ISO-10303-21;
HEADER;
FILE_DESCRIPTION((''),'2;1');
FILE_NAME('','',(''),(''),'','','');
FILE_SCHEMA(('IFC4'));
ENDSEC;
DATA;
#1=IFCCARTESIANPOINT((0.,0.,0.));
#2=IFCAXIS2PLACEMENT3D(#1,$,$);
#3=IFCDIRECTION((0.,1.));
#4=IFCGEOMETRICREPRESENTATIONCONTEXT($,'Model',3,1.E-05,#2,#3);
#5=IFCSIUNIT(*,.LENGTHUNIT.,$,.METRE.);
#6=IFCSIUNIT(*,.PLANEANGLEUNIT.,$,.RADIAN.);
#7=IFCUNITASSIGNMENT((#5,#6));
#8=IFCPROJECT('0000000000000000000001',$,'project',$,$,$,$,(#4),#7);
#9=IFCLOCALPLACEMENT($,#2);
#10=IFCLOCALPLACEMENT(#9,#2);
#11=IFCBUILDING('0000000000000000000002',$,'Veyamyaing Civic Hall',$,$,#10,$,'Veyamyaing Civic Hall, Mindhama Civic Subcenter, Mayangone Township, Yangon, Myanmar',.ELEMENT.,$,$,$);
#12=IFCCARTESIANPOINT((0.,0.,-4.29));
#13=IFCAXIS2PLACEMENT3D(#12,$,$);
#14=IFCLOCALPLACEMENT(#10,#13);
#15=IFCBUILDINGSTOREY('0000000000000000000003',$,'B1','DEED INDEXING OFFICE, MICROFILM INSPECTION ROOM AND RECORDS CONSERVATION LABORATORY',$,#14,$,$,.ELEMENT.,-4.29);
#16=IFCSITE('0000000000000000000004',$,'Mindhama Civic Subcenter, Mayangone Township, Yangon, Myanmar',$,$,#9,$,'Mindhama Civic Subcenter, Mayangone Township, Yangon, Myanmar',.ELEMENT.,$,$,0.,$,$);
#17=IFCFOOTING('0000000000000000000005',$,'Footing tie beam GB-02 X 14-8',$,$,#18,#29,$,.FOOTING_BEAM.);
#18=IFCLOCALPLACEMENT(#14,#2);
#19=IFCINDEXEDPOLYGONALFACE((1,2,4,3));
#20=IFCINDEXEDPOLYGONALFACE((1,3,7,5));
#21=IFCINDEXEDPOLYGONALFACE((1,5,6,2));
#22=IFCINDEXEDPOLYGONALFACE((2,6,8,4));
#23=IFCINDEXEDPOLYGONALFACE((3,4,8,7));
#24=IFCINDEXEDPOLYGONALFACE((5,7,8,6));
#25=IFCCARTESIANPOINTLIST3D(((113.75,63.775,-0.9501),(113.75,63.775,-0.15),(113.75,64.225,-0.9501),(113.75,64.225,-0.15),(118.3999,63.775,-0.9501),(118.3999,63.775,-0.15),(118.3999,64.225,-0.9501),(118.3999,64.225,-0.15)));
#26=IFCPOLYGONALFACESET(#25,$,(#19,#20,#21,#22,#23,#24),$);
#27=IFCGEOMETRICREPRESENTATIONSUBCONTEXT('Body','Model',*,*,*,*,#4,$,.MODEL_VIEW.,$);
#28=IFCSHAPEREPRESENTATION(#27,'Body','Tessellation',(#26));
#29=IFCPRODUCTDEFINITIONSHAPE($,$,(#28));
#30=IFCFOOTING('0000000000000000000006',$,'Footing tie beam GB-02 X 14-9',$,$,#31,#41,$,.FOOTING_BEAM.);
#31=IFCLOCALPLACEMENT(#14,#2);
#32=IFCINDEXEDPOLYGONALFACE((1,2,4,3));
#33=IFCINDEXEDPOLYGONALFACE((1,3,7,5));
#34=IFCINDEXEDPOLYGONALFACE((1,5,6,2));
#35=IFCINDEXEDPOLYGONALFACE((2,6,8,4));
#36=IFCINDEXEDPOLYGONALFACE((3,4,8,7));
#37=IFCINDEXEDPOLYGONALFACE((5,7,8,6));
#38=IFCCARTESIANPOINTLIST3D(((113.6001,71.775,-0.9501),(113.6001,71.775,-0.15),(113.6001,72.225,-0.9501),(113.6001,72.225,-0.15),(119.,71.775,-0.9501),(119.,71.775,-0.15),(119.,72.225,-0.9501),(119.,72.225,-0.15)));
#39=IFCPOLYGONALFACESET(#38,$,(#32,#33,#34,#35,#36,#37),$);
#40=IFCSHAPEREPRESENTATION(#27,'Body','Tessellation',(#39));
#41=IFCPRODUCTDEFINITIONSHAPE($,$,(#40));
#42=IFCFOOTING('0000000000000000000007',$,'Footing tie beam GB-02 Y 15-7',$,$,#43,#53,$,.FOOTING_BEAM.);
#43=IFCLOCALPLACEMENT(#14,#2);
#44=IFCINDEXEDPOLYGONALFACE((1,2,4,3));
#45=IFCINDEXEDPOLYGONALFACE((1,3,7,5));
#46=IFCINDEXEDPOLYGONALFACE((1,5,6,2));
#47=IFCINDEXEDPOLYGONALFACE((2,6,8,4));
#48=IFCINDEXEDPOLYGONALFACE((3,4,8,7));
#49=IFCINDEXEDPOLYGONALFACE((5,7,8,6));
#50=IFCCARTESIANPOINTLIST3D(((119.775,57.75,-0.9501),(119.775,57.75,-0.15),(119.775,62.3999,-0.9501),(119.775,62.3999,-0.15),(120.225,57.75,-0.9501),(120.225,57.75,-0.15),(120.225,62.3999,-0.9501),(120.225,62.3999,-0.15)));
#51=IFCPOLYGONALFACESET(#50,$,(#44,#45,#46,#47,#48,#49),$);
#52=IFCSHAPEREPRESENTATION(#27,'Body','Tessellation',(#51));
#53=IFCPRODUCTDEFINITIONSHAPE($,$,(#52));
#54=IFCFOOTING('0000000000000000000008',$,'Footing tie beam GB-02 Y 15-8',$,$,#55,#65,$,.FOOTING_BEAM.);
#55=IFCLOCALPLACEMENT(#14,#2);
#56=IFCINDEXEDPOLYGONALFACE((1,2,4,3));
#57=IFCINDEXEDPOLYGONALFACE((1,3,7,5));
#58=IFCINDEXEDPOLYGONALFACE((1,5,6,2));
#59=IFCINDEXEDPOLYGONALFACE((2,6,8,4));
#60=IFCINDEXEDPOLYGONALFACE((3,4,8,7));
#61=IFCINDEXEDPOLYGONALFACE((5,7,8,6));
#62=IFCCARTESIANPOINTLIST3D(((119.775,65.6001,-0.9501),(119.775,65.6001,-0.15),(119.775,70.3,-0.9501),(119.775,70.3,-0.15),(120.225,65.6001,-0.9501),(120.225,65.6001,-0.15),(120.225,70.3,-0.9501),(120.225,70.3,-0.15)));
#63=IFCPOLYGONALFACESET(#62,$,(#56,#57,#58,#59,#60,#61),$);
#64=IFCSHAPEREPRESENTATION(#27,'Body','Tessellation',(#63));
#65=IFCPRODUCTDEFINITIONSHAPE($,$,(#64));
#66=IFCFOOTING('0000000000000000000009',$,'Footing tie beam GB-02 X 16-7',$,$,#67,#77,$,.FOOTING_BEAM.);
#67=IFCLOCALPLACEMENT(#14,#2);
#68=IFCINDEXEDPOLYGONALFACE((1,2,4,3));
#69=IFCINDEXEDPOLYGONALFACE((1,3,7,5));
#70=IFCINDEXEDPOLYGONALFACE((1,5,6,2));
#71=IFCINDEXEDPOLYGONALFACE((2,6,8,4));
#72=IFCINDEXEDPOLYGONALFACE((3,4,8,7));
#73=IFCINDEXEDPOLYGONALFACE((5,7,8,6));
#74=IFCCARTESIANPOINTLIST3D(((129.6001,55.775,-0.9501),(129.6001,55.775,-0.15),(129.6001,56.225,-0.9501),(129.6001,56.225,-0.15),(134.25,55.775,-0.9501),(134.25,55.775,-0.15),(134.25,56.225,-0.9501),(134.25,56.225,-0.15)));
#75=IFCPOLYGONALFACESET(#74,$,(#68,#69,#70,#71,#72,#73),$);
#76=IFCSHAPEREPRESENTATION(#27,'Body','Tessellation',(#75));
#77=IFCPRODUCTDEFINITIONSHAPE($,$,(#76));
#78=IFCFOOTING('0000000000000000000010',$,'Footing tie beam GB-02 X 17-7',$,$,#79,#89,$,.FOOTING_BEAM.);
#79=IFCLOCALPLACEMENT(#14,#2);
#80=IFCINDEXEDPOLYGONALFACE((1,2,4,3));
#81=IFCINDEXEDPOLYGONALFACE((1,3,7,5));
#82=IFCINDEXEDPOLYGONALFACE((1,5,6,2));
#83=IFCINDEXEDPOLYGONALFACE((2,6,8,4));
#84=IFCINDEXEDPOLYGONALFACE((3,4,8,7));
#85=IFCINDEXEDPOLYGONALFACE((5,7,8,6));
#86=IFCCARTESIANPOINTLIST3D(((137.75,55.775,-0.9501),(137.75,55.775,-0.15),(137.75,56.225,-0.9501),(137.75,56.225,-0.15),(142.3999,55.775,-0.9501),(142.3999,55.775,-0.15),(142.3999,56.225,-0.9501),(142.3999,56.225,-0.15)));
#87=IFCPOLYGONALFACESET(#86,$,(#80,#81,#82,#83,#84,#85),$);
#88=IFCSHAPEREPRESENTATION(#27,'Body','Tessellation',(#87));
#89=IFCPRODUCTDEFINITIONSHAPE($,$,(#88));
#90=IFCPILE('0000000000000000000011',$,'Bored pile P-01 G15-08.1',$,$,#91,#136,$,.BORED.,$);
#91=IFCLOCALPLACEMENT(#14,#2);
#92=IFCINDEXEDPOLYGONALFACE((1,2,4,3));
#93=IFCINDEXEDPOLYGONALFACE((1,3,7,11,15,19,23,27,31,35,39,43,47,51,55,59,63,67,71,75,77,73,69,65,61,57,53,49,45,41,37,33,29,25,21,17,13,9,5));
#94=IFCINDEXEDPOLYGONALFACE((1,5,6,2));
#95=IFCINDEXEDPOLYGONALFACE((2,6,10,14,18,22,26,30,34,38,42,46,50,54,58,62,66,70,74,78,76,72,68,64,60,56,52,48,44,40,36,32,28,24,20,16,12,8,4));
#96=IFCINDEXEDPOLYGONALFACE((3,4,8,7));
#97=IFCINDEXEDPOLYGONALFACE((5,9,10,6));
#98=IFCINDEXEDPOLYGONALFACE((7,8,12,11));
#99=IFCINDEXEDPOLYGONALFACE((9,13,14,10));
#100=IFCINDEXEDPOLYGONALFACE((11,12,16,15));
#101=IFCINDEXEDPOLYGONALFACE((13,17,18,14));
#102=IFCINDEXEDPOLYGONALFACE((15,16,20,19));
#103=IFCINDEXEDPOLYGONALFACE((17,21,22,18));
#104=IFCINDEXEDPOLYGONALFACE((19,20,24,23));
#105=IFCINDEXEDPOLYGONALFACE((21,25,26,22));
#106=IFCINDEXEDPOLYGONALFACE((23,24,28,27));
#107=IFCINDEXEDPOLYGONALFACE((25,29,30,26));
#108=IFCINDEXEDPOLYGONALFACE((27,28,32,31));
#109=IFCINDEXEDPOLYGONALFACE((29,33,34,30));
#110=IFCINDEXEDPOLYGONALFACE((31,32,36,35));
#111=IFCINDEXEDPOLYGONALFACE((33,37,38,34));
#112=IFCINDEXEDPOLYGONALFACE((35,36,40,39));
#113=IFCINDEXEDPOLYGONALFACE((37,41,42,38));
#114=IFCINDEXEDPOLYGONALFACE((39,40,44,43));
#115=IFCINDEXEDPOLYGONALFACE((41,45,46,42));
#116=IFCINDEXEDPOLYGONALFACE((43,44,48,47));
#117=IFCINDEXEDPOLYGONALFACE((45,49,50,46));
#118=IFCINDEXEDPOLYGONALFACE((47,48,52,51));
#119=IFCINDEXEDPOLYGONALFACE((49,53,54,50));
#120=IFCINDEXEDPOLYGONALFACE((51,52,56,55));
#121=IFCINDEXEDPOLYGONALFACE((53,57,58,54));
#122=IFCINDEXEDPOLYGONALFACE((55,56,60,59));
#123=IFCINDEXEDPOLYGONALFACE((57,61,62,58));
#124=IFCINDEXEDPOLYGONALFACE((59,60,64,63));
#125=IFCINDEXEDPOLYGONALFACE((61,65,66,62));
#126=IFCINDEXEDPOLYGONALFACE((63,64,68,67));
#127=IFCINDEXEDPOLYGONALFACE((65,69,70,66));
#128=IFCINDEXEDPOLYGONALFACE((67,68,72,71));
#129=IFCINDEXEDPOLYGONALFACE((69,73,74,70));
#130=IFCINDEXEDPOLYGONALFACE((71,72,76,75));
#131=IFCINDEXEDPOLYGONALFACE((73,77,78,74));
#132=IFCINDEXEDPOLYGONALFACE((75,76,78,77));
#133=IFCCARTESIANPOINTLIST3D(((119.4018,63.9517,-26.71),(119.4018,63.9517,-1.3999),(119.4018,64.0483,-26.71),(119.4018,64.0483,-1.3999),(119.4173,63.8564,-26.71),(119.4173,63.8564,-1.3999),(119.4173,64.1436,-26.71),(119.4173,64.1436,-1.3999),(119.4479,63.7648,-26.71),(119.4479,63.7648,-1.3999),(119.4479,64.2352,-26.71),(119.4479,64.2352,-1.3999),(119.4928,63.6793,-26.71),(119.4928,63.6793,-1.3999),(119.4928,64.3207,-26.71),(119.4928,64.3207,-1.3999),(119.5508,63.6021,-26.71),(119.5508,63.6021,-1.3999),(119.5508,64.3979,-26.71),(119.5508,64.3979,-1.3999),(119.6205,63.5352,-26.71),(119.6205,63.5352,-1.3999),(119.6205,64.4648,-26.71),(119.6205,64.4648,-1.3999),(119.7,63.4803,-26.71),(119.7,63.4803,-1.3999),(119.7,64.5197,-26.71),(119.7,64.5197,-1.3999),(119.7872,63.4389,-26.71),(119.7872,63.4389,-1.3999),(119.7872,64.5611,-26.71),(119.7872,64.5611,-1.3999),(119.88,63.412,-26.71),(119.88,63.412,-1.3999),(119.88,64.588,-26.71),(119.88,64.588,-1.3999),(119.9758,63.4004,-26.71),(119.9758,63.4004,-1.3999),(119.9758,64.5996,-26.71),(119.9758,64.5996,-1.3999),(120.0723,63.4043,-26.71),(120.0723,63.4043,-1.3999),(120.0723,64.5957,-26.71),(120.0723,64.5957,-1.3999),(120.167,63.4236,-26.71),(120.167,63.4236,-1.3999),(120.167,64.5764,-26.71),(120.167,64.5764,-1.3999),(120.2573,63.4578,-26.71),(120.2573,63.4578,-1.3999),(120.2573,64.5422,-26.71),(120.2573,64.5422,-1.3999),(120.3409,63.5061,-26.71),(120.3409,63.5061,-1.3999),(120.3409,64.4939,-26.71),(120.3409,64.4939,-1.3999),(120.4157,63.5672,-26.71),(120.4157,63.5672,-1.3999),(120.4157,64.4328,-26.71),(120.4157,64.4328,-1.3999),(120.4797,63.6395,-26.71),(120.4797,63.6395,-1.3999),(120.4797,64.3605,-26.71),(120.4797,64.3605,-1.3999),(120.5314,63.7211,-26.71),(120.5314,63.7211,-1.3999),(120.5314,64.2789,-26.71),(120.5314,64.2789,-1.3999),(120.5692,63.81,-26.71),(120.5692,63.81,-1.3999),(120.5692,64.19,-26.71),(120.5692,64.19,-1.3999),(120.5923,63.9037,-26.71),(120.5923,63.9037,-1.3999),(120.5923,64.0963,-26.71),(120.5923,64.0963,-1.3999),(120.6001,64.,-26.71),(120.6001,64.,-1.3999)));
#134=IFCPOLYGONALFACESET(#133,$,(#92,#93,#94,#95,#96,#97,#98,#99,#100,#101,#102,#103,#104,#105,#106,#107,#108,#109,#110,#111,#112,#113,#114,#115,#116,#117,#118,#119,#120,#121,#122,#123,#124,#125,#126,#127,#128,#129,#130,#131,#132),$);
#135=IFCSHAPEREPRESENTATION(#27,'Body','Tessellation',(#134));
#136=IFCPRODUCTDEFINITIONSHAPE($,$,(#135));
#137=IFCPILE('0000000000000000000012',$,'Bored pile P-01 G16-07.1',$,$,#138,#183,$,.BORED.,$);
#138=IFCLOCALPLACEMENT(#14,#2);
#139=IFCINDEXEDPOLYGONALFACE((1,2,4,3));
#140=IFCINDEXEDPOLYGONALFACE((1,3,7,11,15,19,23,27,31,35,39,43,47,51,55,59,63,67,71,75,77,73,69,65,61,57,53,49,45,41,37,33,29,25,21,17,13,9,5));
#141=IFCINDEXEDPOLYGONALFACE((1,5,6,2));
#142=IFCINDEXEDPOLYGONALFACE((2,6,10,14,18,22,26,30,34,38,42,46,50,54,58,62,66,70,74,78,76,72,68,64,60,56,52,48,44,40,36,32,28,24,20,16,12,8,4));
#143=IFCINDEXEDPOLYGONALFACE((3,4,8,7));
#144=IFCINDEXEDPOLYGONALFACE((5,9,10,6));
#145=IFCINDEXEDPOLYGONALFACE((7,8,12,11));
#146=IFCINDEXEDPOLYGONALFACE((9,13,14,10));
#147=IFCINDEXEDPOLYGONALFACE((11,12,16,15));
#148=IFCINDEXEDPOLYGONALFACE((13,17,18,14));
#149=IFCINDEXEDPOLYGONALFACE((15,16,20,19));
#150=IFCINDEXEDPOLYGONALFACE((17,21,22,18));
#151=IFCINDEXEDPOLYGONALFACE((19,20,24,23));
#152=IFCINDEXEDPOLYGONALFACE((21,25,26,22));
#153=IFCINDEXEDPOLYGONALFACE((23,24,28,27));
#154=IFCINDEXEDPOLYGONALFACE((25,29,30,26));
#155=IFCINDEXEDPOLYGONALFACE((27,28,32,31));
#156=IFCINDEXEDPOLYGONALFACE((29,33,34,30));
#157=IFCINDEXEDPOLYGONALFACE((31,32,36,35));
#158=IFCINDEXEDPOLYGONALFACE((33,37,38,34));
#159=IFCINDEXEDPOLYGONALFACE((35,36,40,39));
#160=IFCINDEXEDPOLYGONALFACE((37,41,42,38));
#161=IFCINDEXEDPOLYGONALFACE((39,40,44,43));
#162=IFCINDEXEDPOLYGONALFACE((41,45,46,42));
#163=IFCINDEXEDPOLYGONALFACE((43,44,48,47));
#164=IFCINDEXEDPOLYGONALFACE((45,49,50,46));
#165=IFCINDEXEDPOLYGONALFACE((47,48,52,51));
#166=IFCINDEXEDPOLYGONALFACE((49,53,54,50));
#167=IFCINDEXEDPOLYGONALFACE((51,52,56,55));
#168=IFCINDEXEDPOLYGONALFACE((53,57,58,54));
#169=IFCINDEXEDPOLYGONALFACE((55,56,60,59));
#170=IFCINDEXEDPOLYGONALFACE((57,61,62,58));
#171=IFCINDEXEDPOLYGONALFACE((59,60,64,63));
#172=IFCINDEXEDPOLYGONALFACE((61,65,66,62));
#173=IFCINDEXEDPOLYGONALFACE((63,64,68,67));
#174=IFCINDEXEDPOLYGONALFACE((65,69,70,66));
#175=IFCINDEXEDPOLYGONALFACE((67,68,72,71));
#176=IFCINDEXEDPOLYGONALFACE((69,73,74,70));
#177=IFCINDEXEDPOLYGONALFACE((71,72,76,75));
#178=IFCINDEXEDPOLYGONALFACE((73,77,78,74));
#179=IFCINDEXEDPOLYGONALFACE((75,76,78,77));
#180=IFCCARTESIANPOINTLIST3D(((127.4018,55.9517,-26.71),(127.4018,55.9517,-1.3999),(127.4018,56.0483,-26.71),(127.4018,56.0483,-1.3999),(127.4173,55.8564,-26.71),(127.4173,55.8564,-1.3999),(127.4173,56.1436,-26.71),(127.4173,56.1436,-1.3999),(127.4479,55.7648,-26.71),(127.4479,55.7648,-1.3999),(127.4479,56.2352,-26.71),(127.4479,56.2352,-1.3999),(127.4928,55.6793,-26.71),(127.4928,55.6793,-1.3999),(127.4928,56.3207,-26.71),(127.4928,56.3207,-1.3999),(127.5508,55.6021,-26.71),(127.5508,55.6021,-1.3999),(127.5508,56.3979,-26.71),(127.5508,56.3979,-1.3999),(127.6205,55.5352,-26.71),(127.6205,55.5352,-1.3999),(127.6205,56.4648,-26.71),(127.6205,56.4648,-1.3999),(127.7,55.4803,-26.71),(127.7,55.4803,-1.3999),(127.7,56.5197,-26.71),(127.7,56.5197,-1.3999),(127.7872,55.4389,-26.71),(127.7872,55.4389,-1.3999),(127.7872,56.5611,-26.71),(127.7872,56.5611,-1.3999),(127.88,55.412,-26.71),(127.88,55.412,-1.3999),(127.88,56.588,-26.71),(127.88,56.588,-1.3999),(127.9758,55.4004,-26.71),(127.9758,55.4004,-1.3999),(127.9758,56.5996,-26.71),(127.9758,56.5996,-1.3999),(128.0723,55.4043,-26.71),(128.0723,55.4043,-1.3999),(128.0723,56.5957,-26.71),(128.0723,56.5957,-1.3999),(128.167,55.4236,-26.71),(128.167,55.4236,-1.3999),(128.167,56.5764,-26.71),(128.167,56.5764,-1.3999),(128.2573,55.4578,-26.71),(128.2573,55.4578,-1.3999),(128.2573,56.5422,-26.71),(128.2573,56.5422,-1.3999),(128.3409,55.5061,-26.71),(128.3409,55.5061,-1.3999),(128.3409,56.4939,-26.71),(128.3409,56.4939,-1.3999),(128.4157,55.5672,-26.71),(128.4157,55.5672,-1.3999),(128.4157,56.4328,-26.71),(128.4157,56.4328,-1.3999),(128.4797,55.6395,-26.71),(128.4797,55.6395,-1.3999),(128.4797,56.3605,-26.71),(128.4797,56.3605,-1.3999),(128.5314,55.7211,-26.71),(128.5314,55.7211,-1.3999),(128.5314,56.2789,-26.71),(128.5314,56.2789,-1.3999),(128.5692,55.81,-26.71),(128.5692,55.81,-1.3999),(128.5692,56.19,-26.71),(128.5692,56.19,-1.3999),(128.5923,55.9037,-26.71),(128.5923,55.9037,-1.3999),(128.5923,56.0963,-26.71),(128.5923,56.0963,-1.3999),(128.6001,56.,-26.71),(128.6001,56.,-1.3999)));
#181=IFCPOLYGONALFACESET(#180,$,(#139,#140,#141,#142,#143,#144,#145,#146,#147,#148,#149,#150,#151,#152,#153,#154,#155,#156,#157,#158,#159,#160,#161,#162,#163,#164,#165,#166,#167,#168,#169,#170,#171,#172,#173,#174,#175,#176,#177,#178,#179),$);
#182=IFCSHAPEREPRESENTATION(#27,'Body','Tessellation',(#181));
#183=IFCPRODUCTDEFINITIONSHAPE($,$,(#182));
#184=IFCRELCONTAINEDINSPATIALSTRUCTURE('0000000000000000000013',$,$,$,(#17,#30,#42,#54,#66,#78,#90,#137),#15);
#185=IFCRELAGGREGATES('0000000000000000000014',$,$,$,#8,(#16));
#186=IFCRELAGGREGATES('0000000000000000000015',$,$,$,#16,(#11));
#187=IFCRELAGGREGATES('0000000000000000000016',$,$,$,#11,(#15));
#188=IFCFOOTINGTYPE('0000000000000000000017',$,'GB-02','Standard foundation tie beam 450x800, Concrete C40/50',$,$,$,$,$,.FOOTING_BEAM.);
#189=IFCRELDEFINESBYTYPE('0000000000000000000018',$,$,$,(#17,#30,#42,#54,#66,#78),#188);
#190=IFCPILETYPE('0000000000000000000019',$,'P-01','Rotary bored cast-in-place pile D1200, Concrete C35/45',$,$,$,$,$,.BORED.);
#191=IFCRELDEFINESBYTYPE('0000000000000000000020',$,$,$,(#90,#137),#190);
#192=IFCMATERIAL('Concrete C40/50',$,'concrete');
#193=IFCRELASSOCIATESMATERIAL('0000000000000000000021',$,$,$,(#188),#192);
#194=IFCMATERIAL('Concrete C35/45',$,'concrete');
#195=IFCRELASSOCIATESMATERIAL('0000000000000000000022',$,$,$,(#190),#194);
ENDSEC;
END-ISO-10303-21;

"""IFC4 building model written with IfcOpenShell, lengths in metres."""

from ifc_helpers import new_model, si_unit, direction, frame, origin, origin_2d, place, context, subcontext, project, spatial, rectangle, circle, extrude, material, material_profile, profile_set, type_object, element, save


model = new_model("IFC4")

# Units and contexts
model_context = context("Model", 3, precision=1e-05, world=origin(), true_north=direction((0.0, 1.0)))
body_context = subcontext(model_context, "Body", "Model", "MODEL_VIEW")
ifc_project = project(units=[si_unit("LENGTHUNIT", "METRE"), si_unit("PLANEANGLEUNIT", "RADIAN")], contexts=[model_context])

# Site, building, storey
site_placement = place(None, origin())
site = spatial("IfcSite", under=ifc_project, at=site_placement, Name="Mindhama Civic Subcenter, Mayangone Township, Yangon, Myanmar", LongName="Mindhama Civic Subcenter, Mayangone Township, Yangon, Myanmar", CompositionType="ELEMENT", RefElevation=0.0)
building_placement = place(site_placement, origin())
building = spatial("IfcBuilding", under=site, at=building_placement, Name="Veyamyaing Civic Hall", LongName="Veyamyaing Civic Hall, Mindhama Civic Subcenter, Mayangone Township, Yangon, Myanmar", CompositionType="ELEMENT")
storey_placement = place(building_placement, frame((0.0, 0.0, -4.29)))
storey = spatial("IfcBuildingStorey", under=building, at=storey_placement, Name="B1", Description="DEED INDEXING OFFICE, MICROFILM INSPECTION ROOM AND RECORDS CONSERVATION LABORATORY", CompositionType="ELEMENT", Elevation=-4.29)

# Footings
ifc_material_1 = material(Name="Concrete C40/50", Category="concrete")
ifc_material_profile_1 = material_profile(ifc_material_1, rectangle(XDim=0.45, YDim=0.8, at=origin_2d()), Name="GB-450X800")
ifc_profile_set_1 = profile_set([ifc_material_profile_1], Name="Concrete C40/50")
footing_type_1 = type_object("IfcFootingType", Name="GB-02", Description="Standard foundation tie beam 450x800, Concrete C40/50", PredefinedType="FOOTING_BEAM", material=ifc_profile_set_1)
footing_1_placement = place(storey_placement, frame((113.75, 64.0, -0.55), z_axis=(1.0, 0.0, 0.0), x_axis=(0.0, 1.0, 0.0)))
element("IfcFooting", 1, at=footing_1_placement, inside=storey, type_object=footing_type_1, Name="Footing tie beam GB-02 X 14-8", PredefinedType="FOOTING_BEAM", context=body_context, shape_type="SweptSolid", body=[
    extrude(rectangle(XDim=0.45, YDim=0.8, at=origin_2d()), origin(), (0.0, 0.0, 1.0), 4.6499),
])
footing_2_placement = place(storey_placement, frame((113.6001, 72.0, -0.55), z_axis=(1.0, 0.0, 0.0), x_axis=(0.0, 1.0, 0.0)))
element("IfcFooting", 2, at=footing_2_placement, inside=storey, type_object=footing_type_1, Name="Footing tie beam GB-02 X 14-9", PredefinedType="FOOTING_BEAM", context=body_context, shape_type="SweptSolid", body=[
    extrude(rectangle(XDim=0.45, YDim=0.8, at=origin_2d()), origin(), (0.0, 0.0, 1.0), 5.3999),
])
footing_3_placement = place(storey_placement, frame((120.0, 57.75, -0.55), z_axis=(0.0, 1.0, 0.0), x_axis=(-1.0, 0.0, 0.0)))
element("IfcFooting", 3, at=footing_3_placement, inside=storey, type_object=footing_type_1, Name="Footing tie beam GB-02 Y 15-7", PredefinedType="FOOTING_BEAM", context=body_context, shape_type="SweptSolid", body=[
    extrude(rectangle(XDim=0.45, YDim=0.8, at=origin_2d()), origin(), (0.0, 0.0, 1.0), 4.6499),
])
footing_4_placement = place(storey_placement, frame((120.0, 65.6001, -0.55), z_axis=(0.0, 1.0, 0.0), x_axis=(-1.0, 0.0, 0.0)))
element("IfcFooting", 4, at=footing_4_placement, inside=storey, type_object=footing_type_1, Name="Footing tie beam GB-02 Y 15-8", PredefinedType="FOOTING_BEAM", context=body_context, shape_type="SweptSolid", body=[
    extrude(rectangle(XDim=0.45, YDim=0.8, at=origin_2d()), origin(), (0.0, 0.0, 1.0), 4.7),
])
for number, where, z_axis, x_axis, name in (
    (5, (129.6001, 56.0, -0.55), (1.0, 0.0, 0.0), (0.0, 1.0, 0.0), "Footing tie beam GB-02 X 16-7"),
    (6, (137.75, 56.0, -0.55), (1.0, 0.0, 0.0), (0.0, 1.0, 0.0), "Footing tie beam GB-02 X 17-7"),
):
    element("IfcFooting", number, at=place(storey_placement, frame(where, z_axis=z_axis, x_axis=x_axis)), inside=storey, type_object=footing_type_1, Name=name, PredefinedType="FOOTING_BEAM", context=body_context, shape_type="SweptSolid", body=[
        extrude(rectangle(XDim=0.45, YDim=0.8, at=origin_2d()), origin(), (0.0, 0.0, 1.0), 4.6499),
    ])

# Piles
ifc_material_2 = material(Name="Concrete C35/45", Category="concrete")
ifc_material_profile_2 = material_profile(ifc_material_2, circle(Radius=0.6001, at=origin_2d()), Name="PILE-D1200")
ifc_profile_set_2 = profile_set([ifc_material_profile_2], Name="Concrete C35/45")
pile_type_1 = type_object("IfcPileType", Name="P-01", Description="Rotary bored cast-in-place pile D1200, Concrete C35/45", PredefinedType="BORED", material=ifc_profile_set_2)
for number, where, z_axis, x_axis, name in (
    (7, (120.0, 64.0, -1.3999), (0.0, 0.0, -1.0), (1.0, 0.0, 0.0), "Bored pile P-01 G15-08.1"),
    (8, (128.0, 56.0, -1.3999), (0.0, 0.0, -1.0), (1.0, 0.0, 0.0), "Bored pile P-01 G16-07.1"),
):
    element("IfcPile", number, at=place(storey_placement, frame(where, z_axis=z_axis, x_axis=x_axis)), inside=storey, type_object=pile_type_1, Name=name, PredefinedType="BORED", context=body_context, shape_type="SweptSolid", body=[
        extrude(circle(Radius=0.6001, at=origin_2d()), origin(), (0.0, 0.0, 1.0), 25.3101),
    ])

save(model, "model.ifc")
